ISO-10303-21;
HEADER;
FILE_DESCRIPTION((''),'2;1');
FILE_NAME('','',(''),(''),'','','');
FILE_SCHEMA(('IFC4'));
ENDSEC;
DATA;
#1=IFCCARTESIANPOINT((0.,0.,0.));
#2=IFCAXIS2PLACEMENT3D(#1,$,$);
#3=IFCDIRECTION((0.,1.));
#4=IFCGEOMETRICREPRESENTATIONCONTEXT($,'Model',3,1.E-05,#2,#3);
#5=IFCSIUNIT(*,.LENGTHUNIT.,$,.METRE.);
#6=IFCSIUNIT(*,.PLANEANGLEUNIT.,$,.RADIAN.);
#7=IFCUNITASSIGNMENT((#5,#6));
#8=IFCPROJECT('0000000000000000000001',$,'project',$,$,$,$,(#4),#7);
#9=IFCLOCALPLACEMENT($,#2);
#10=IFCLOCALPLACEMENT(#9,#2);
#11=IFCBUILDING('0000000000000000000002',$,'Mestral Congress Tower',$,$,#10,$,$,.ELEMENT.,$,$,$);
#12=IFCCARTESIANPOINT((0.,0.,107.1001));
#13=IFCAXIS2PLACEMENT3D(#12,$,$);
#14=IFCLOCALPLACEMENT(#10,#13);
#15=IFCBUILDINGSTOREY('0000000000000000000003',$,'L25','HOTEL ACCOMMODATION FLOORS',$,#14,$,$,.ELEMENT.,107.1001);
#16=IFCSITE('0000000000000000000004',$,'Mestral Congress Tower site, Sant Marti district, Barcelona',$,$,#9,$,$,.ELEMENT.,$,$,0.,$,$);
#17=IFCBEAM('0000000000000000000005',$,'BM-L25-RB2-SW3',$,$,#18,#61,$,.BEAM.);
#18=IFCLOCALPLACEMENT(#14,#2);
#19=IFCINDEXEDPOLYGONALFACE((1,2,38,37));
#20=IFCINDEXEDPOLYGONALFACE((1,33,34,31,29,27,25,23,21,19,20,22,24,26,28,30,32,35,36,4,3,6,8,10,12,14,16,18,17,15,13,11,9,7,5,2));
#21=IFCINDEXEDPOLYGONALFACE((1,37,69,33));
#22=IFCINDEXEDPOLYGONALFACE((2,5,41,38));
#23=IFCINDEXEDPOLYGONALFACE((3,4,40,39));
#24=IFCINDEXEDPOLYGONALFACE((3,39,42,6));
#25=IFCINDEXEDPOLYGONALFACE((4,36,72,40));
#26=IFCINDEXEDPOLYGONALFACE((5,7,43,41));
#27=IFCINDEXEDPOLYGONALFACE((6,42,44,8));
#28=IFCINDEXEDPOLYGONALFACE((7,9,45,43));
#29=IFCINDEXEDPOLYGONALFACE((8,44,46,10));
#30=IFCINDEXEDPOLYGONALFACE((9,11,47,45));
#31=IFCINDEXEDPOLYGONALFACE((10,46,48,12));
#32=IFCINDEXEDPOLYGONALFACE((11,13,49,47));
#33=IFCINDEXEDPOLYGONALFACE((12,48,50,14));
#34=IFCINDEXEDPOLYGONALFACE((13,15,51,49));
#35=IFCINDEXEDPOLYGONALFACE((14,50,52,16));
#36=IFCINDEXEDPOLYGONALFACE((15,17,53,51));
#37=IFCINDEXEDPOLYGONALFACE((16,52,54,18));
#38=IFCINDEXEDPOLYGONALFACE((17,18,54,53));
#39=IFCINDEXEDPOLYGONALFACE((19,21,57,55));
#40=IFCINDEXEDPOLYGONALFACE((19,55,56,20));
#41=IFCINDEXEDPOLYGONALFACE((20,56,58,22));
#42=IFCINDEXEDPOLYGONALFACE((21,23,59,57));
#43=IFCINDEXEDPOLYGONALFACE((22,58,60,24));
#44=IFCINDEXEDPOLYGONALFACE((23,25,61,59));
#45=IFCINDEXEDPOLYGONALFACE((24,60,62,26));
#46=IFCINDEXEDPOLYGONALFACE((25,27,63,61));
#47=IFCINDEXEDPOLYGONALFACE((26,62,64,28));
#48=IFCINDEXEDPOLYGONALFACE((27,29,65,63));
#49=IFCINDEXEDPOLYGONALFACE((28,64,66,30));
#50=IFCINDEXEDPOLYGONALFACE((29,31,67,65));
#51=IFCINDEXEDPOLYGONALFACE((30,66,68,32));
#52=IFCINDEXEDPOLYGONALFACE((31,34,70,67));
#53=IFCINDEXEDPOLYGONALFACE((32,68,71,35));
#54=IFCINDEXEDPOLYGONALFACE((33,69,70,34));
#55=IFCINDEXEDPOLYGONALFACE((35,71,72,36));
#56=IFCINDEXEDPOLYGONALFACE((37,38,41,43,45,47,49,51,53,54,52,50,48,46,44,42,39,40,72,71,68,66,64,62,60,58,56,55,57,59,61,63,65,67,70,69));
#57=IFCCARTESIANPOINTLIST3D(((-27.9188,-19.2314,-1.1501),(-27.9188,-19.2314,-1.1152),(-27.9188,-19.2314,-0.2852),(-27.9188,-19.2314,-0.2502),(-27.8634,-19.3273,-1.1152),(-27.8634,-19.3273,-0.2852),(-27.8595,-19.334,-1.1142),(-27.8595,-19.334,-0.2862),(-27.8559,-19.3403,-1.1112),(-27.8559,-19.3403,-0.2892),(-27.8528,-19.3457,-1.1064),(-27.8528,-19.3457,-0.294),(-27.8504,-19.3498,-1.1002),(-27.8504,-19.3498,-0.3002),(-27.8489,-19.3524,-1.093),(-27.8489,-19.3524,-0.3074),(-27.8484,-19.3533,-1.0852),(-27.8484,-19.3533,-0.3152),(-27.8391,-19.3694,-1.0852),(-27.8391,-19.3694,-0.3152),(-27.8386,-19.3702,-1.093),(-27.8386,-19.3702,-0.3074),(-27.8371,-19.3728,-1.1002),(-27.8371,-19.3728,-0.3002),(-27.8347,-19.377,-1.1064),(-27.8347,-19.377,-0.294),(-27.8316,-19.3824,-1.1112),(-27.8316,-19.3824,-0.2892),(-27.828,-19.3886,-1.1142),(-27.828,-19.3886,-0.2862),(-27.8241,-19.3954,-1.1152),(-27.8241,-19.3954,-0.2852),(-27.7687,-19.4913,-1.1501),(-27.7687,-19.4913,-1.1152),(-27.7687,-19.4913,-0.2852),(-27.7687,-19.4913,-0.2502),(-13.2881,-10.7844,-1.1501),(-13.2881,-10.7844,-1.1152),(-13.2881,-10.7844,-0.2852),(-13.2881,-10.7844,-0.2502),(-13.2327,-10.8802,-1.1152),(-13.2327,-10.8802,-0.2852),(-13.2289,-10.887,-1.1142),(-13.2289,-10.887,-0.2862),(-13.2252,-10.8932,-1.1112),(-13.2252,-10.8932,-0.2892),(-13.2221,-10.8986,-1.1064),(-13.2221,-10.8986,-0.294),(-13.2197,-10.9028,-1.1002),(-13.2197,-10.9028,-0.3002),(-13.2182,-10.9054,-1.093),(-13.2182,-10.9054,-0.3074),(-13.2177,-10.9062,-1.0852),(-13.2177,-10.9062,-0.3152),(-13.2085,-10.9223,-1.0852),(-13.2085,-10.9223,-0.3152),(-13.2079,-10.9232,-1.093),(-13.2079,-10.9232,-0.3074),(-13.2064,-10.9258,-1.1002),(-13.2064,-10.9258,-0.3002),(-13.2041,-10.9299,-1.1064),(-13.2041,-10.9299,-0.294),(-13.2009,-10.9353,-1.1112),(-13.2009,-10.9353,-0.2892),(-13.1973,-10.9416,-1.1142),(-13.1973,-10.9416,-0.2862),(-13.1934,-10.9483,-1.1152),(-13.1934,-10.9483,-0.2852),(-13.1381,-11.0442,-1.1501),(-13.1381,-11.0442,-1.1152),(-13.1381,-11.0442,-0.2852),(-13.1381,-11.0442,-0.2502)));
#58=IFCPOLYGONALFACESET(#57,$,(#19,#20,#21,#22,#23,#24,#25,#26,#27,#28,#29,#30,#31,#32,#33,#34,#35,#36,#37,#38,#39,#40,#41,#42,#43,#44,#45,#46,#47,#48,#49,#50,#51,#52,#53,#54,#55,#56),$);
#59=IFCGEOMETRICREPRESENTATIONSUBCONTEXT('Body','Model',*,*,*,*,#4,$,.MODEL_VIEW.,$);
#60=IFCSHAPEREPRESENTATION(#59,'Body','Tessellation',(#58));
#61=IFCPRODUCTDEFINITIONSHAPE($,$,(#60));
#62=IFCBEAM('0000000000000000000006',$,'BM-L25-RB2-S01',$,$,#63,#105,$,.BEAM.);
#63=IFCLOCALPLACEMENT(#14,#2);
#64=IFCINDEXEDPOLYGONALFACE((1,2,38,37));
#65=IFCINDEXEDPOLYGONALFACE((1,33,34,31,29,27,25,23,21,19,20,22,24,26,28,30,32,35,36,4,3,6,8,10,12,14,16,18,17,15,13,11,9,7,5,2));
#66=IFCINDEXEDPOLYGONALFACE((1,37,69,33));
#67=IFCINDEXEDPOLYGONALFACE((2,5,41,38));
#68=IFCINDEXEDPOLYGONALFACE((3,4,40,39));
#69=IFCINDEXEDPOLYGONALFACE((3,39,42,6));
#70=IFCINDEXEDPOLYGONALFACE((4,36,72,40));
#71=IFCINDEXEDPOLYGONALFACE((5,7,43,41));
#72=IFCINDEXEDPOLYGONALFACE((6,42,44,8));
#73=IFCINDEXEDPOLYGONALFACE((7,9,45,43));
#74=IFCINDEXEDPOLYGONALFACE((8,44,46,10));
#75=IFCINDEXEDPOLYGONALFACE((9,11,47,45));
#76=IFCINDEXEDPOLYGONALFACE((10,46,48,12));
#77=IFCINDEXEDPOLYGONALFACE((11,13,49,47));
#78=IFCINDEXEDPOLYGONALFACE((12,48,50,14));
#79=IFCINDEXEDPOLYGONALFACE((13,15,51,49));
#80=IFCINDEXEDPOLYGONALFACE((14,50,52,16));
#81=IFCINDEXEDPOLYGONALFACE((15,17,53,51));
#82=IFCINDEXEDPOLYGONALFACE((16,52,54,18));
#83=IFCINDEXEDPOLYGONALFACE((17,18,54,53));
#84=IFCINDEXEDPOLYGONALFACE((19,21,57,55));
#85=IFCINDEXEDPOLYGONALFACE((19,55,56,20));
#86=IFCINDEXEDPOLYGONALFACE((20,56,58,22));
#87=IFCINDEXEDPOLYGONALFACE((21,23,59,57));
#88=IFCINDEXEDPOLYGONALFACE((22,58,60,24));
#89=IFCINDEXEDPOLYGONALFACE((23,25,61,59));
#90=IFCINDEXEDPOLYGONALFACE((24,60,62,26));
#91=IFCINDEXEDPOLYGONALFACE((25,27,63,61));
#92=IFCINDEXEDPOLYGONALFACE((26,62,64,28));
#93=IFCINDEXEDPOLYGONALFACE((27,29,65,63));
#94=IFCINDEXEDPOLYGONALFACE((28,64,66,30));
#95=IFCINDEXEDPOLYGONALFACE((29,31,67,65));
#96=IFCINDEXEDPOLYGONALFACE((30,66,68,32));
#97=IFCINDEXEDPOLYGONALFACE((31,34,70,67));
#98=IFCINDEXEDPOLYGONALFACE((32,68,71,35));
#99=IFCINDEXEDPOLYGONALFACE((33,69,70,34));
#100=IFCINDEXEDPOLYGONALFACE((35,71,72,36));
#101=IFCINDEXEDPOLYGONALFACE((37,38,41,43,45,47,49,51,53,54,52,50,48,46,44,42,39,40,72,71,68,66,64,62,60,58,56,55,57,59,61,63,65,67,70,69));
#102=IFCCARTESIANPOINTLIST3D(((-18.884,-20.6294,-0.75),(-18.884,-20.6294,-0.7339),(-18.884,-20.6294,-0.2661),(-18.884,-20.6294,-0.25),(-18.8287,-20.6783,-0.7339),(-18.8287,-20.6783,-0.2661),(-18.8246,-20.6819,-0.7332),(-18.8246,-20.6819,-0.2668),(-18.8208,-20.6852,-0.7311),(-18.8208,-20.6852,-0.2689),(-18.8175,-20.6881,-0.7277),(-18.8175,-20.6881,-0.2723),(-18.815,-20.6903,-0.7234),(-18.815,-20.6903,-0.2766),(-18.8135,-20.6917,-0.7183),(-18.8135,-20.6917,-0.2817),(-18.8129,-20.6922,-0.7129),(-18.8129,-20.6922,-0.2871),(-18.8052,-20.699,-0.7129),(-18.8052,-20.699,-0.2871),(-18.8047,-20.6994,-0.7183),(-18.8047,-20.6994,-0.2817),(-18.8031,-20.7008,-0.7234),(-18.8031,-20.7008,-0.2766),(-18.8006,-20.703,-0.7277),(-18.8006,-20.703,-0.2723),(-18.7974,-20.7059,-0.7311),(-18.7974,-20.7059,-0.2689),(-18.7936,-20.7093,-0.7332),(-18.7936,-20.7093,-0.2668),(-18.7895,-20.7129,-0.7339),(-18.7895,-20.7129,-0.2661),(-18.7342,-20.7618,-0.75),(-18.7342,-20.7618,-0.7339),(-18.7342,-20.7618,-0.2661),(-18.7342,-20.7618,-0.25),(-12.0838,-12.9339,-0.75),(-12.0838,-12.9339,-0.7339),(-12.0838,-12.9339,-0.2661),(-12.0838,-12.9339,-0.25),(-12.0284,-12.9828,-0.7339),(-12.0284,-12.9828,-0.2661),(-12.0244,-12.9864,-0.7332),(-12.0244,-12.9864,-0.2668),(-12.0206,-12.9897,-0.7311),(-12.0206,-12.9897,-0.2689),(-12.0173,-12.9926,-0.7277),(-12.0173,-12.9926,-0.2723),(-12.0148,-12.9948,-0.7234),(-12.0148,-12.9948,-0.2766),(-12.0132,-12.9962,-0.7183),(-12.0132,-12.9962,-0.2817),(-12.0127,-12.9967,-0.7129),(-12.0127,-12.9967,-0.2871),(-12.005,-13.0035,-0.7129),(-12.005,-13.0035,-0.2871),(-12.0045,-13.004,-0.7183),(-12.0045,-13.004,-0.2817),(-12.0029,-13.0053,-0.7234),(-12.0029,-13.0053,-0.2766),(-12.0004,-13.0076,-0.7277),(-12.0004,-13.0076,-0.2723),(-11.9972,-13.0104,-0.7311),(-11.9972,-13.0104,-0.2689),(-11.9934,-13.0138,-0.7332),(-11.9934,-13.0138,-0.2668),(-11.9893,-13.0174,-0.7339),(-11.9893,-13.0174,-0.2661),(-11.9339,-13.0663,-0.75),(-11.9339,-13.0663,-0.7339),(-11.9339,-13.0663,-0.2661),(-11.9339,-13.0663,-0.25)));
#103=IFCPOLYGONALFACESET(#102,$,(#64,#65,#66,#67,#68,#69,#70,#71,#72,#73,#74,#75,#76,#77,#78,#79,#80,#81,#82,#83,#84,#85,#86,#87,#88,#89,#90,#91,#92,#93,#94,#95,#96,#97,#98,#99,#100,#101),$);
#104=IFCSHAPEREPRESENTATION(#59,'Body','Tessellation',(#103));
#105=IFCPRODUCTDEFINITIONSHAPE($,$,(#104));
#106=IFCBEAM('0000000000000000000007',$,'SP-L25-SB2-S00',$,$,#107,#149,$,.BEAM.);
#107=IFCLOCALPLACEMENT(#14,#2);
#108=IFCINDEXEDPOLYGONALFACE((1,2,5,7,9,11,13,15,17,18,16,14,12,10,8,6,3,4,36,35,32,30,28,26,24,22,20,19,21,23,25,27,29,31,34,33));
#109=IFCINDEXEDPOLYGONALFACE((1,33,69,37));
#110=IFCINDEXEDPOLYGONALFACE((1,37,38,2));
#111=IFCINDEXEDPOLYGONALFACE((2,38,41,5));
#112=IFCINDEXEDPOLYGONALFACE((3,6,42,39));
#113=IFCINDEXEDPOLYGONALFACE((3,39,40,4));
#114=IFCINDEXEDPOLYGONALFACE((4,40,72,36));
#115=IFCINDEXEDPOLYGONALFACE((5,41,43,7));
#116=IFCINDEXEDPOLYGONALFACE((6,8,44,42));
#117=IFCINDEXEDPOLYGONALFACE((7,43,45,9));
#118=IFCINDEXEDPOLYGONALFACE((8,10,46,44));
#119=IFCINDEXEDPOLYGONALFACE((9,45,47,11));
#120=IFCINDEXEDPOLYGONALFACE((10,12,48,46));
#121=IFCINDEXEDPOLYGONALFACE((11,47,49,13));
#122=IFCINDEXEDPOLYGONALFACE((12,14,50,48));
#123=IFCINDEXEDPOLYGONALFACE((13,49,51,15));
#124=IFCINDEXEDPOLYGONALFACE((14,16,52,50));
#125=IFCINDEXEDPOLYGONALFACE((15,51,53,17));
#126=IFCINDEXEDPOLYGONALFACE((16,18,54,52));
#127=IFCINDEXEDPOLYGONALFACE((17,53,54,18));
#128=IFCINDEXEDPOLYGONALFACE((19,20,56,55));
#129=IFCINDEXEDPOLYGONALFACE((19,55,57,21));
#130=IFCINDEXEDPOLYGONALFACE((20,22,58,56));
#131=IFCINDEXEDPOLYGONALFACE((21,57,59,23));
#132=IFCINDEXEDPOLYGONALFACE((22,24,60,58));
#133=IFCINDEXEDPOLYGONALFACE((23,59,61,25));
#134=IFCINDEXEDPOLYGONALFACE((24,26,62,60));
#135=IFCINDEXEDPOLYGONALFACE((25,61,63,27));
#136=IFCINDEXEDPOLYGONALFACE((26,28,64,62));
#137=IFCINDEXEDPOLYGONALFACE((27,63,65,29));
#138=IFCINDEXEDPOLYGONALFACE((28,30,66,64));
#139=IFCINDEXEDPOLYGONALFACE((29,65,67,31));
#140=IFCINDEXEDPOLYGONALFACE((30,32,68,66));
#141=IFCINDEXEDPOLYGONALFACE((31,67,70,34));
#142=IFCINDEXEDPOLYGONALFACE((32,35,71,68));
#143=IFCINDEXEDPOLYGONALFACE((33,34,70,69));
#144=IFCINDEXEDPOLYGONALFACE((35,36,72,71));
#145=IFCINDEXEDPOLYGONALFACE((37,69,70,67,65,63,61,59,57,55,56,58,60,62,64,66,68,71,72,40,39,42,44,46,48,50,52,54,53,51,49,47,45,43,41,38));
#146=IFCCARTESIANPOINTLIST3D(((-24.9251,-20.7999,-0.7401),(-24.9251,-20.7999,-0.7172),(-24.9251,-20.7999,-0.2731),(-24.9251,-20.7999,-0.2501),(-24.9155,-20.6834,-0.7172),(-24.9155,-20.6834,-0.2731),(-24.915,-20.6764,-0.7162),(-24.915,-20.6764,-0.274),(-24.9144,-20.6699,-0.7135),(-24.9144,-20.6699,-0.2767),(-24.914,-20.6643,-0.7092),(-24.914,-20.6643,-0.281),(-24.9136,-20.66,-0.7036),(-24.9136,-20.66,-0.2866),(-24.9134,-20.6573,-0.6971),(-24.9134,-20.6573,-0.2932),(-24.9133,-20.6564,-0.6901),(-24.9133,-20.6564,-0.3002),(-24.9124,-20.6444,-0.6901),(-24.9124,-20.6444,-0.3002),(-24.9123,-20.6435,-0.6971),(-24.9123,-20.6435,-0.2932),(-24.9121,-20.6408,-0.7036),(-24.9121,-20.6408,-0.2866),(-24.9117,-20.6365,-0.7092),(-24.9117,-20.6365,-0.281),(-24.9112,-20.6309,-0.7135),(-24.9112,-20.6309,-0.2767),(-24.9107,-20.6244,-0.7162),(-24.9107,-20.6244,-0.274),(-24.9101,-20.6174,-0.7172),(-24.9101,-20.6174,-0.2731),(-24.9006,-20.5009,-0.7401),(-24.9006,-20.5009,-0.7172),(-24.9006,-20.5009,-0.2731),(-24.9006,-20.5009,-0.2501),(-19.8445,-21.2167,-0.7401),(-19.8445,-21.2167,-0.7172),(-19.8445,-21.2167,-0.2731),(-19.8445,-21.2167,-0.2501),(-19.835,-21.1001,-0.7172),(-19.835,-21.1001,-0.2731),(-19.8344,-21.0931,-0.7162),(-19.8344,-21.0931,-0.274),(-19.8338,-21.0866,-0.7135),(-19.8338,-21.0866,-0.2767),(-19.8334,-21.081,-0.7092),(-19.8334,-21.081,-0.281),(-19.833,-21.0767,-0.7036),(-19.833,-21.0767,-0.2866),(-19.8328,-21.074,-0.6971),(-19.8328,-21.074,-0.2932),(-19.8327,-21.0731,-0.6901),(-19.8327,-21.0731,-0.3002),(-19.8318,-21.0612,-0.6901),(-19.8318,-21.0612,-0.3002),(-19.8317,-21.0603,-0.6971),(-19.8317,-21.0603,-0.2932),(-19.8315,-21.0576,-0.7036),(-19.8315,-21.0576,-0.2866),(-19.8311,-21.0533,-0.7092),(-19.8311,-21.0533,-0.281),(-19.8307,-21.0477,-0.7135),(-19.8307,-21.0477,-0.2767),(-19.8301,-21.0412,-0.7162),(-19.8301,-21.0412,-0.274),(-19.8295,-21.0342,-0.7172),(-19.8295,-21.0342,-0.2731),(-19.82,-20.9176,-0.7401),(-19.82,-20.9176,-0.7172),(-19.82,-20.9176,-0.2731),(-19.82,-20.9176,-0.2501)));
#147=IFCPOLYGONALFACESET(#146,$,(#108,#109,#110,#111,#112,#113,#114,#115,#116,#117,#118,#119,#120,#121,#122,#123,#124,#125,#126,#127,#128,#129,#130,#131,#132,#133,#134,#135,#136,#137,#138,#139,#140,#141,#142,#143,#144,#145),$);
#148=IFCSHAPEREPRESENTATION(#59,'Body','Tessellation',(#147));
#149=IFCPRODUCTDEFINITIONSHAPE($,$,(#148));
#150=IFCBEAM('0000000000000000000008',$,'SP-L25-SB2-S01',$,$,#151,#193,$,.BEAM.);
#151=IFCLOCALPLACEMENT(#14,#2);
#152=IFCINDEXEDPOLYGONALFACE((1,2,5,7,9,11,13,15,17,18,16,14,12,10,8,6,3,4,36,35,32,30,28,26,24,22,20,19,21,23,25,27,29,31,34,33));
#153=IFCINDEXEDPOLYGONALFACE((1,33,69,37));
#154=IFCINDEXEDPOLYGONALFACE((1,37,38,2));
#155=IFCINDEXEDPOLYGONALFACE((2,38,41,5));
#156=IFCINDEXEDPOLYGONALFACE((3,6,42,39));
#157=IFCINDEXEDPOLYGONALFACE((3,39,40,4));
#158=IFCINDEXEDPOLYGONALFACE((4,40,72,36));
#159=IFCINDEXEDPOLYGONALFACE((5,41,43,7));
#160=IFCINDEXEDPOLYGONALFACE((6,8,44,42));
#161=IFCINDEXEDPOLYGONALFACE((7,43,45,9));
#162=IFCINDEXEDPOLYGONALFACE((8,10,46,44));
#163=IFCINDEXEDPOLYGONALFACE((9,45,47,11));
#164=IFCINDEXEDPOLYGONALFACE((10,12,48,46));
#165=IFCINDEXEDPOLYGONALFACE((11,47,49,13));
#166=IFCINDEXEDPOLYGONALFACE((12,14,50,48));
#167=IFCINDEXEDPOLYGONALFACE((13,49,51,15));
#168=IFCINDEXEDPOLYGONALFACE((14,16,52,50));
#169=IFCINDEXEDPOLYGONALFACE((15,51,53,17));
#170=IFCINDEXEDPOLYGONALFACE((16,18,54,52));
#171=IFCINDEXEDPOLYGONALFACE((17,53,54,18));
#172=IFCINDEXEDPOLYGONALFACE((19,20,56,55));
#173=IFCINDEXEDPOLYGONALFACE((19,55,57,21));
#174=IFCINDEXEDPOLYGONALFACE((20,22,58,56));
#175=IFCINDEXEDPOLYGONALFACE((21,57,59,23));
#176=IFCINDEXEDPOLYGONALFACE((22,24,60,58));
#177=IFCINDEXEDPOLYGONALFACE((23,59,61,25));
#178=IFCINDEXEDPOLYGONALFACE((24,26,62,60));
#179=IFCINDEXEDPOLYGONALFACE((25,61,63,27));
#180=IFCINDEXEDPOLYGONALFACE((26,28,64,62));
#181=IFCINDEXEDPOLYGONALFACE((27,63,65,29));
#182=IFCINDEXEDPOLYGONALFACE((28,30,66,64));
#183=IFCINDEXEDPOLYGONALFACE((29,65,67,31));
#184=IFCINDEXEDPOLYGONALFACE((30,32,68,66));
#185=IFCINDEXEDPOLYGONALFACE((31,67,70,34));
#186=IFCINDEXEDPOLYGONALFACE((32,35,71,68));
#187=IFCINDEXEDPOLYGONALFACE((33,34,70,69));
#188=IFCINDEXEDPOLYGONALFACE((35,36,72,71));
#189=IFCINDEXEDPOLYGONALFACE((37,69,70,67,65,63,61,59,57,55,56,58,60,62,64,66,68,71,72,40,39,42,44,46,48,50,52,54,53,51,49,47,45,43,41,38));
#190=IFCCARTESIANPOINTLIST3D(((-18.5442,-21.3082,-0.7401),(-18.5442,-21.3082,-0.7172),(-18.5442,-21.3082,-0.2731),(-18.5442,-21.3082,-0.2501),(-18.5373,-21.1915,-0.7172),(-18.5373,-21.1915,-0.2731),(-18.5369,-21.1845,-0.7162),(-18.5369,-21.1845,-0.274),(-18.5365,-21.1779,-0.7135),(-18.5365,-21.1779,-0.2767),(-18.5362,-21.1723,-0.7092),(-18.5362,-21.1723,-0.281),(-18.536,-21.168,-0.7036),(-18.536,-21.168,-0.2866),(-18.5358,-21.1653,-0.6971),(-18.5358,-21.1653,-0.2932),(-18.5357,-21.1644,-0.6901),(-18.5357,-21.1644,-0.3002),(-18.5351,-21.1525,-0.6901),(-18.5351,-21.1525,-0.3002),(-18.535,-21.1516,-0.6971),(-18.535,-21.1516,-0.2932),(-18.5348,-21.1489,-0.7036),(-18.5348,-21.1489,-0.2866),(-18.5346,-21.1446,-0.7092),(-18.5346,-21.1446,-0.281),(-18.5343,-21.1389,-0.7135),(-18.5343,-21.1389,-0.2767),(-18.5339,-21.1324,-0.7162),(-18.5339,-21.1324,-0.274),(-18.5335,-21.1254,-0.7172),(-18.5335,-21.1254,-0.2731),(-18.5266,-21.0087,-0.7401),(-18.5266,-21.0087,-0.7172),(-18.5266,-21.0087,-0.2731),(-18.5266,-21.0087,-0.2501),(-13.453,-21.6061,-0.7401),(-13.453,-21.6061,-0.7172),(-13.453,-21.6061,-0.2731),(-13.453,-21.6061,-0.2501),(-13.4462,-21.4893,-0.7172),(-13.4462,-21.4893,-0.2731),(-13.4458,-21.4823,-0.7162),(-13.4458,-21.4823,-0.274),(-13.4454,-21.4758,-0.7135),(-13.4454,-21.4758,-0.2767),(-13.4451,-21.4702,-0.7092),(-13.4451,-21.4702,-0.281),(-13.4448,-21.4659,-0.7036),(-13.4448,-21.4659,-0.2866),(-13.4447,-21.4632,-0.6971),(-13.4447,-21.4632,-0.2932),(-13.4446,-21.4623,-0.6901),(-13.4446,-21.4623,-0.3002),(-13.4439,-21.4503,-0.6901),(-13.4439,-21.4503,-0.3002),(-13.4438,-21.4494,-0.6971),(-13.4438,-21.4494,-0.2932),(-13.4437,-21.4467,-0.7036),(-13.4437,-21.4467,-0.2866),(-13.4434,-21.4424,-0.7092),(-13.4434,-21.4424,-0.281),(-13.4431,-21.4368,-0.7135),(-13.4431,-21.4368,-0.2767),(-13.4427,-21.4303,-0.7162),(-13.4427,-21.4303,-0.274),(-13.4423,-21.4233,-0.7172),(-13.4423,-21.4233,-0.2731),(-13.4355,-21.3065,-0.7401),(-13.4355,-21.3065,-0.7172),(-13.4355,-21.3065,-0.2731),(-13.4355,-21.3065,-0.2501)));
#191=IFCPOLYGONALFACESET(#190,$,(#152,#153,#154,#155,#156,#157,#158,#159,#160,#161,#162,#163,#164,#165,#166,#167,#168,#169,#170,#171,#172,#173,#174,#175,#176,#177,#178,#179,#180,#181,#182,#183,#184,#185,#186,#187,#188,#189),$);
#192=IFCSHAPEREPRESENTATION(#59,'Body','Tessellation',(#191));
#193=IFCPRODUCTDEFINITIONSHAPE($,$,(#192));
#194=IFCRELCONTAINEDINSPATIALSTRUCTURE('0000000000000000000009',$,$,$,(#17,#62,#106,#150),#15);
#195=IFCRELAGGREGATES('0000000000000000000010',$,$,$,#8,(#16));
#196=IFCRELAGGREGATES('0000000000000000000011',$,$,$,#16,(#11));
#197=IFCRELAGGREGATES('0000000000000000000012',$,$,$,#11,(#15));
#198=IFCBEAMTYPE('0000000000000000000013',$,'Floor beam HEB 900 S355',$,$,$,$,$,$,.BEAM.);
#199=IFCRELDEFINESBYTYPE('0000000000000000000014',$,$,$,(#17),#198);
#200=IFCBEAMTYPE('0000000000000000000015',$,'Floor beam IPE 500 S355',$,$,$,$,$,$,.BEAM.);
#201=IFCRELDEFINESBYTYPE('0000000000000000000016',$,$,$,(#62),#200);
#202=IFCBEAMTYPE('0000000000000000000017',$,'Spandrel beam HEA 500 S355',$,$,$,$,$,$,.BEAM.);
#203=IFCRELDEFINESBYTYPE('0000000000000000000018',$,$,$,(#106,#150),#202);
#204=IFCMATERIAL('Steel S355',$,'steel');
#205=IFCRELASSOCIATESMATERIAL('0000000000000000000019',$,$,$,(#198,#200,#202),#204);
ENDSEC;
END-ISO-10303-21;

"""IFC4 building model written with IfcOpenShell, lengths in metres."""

from ifc_helpers import new_model, si_unit, direction, frame, origin, origin_2d, place, context, subcontext, project, spatial, i_section, extrude, material, material_profile, profile_set, type_object, element, save


model = new_model("IFC4")

# Units and contexts
model_context = context("Model", 3, precision=1e-05, world=origin(), true_north=direction((0.0, 1.0)))
body_context = subcontext(model_context, "Body", "Model", "MODEL_VIEW")
ifc_project = project(units=[si_unit("LENGTHUNIT", "METRE"), si_unit("PLANEANGLEUNIT", "RADIAN")], contexts=[model_context])

# Site, building, storey
site_placement = place(None, origin())
site = spatial("IfcSite", under=ifc_project, at=site_placement, Name="Mestral Congress Tower site, Sant Marti district, Barcelona", CompositionType="ELEMENT", RefElevation=0.0)
building_placement = place(site_placement, origin())
building = spatial("IfcBuilding", under=site, at=building_placement, Name="Mestral Congress Tower", CompositionType="ELEMENT")
storey_placement = place(building_placement, frame((0.0, 0.0, 107.1001)))
storey = spatial("IfcBuildingStorey", under=building, at=storey_placement, Name="L25", Description="HOTEL ACCOMMODATION FLOORS", CompositionType="ELEMENT", Elevation=107.1001)

# Beams
ifc_material_1 = material(Name="Steel S355", Category="steel")
ifc_material_profile_1 = material_profile(ifc_material_1, i_section(OverallWidth=0.3, OverallDepth=0.8999, WebThickness=0.0186, FlangeThickness=0.0349, FilletRadius=0.03, at=origin_2d()), Name="HEB 900")
ifc_profile_set_1 = profile_set([ifc_material_profile_1], Name="Steel S355")
beam_type_1 = type_object("IfcBeamType", Name="Floor beam HEB 900 S355", PredefinedType="BEAM", material=ifc_profile_set_1)
beam_1_placement = place(storey_placement, frame((-27.8438, -19.3613, -0.7002), z_axis=(0.866025, 0.500001, 0.0), x_axis=(-0.500001, 0.866025, 0.0)))
element("IfcBeam", 1, at=beam_1_placement, inside=storey, type_object=beam_type_1, Name="BM-L25-RB2-SW3", PredefinedType="BEAM", context=body_context, shape_type="SweptSolid", body=[
    extrude(i_section(OverallWidth=0.3, OverallDepth=0.8999, WebThickness=0.0186, FlangeThickness=0.0349, FilletRadius=0.03, at=origin_2d()), origin(), (0.0, 0.0, 1.0), 16.894),
])
ifc_material_profile_2 = material_profile(ifc_material_1, i_section(OverallWidth=0.2, OverallDepth=0.5, WebThickness=0.0103, FlangeThickness=0.0161, FilletRadius=0.021, at=origin_2d()), Name="IPE 500")
ifc_profile_set_2 = profile_set([ifc_material_profile_2], Name="Steel S355")
beam_type_2 = type_object("IfcBeamType", Name="Floor beam IPE 500 S355", PredefinedType="BEAM", material=ifc_profile_set_2)
beam_2_placement = place(storey_placement, frame((-18.8091, -20.6956, -0.5), z_axis=(0.662174, 0.74935, 0.0), x_axis=(-0.74935, 0.662174, 0.0)))
element("IfcBeam", 2, at=beam_2_placement, inside=storey, type_object=beam_type_2, Name="BM-L25-RB2-S01", PredefinedType="BEAM", context=body_context, shape_type="SweptSolid", body=[
    extrude(i_section(OverallWidth=0.2, OverallDepth=0.5, WebThickness=0.0103, FlangeThickness=0.0161, FilletRadius=0.021, at=origin_2d()), origin(), (0.0, 0.0, 1.0), 10.2695),
])
ifc_material_profile_3 = material_profile(ifc_material_1, i_section(OverallWidth=0.3, OverallDepth=0.49, WebThickness=0.012, FlangeThickness=0.0229, FilletRadius=0.0271, at=origin_2d()), Name="HEA 500")
ifc_profile_set_3 = profile_set([ifc_material_profile_3], Name="Steel S355")
beam_type_3 = type_object("IfcBeamType", Name="Spandrel beam HEA 500 S355", PredefinedType="BEAM", material=ifc_profile_set_3)
beam_3_placement = place(storey_placement, frame((-24.9128, -20.6504, -0.4951), z_axis=(0.996653, -0.081753, 0.0), x_axis=(0.081753, 0.996653, 0.0)))
element("IfcBeam", 3, at=beam_3_placement, inside=storey, type_object=beam_type_3, Name="SP-L25-SB2-S00", PredefinedType="BEAM", context=body_context, shape_type="SweptSolid", body=[
    extrude(i_section(OverallWidth=0.3, OverallDepth=0.49, WebThickness=0.012, FlangeThickness=0.0229, FilletRadius=0.0271, at=origin_2d()), origin(), (0.0, 0.0, 1.0), 5.0977),
])
beam_4_placement = place(storey_placement, frame((-18.5354, -21.1584, -0.4951), z_axis=(0.998293, -0.058405, 0.0), x_axis=(0.058405, 0.998293, 0.0)))
element("IfcBeam", 4, at=beam_4_placement, inside=storey, type_object=beam_type_3, Name="SP-L25-SB2-S01", PredefinedType="BEAM", context=body_context, shape_type="SweptSolid", body=[
    extrude(i_section(OverallWidth=0.3, OverallDepth=0.49, WebThickness=0.012, FlangeThickness=0.0229, FilletRadius=0.0271, at=origin_2d()), origin(), (0.0, 0.0, 1.0), 5.0999),
])

save(model, "model.ifc")
